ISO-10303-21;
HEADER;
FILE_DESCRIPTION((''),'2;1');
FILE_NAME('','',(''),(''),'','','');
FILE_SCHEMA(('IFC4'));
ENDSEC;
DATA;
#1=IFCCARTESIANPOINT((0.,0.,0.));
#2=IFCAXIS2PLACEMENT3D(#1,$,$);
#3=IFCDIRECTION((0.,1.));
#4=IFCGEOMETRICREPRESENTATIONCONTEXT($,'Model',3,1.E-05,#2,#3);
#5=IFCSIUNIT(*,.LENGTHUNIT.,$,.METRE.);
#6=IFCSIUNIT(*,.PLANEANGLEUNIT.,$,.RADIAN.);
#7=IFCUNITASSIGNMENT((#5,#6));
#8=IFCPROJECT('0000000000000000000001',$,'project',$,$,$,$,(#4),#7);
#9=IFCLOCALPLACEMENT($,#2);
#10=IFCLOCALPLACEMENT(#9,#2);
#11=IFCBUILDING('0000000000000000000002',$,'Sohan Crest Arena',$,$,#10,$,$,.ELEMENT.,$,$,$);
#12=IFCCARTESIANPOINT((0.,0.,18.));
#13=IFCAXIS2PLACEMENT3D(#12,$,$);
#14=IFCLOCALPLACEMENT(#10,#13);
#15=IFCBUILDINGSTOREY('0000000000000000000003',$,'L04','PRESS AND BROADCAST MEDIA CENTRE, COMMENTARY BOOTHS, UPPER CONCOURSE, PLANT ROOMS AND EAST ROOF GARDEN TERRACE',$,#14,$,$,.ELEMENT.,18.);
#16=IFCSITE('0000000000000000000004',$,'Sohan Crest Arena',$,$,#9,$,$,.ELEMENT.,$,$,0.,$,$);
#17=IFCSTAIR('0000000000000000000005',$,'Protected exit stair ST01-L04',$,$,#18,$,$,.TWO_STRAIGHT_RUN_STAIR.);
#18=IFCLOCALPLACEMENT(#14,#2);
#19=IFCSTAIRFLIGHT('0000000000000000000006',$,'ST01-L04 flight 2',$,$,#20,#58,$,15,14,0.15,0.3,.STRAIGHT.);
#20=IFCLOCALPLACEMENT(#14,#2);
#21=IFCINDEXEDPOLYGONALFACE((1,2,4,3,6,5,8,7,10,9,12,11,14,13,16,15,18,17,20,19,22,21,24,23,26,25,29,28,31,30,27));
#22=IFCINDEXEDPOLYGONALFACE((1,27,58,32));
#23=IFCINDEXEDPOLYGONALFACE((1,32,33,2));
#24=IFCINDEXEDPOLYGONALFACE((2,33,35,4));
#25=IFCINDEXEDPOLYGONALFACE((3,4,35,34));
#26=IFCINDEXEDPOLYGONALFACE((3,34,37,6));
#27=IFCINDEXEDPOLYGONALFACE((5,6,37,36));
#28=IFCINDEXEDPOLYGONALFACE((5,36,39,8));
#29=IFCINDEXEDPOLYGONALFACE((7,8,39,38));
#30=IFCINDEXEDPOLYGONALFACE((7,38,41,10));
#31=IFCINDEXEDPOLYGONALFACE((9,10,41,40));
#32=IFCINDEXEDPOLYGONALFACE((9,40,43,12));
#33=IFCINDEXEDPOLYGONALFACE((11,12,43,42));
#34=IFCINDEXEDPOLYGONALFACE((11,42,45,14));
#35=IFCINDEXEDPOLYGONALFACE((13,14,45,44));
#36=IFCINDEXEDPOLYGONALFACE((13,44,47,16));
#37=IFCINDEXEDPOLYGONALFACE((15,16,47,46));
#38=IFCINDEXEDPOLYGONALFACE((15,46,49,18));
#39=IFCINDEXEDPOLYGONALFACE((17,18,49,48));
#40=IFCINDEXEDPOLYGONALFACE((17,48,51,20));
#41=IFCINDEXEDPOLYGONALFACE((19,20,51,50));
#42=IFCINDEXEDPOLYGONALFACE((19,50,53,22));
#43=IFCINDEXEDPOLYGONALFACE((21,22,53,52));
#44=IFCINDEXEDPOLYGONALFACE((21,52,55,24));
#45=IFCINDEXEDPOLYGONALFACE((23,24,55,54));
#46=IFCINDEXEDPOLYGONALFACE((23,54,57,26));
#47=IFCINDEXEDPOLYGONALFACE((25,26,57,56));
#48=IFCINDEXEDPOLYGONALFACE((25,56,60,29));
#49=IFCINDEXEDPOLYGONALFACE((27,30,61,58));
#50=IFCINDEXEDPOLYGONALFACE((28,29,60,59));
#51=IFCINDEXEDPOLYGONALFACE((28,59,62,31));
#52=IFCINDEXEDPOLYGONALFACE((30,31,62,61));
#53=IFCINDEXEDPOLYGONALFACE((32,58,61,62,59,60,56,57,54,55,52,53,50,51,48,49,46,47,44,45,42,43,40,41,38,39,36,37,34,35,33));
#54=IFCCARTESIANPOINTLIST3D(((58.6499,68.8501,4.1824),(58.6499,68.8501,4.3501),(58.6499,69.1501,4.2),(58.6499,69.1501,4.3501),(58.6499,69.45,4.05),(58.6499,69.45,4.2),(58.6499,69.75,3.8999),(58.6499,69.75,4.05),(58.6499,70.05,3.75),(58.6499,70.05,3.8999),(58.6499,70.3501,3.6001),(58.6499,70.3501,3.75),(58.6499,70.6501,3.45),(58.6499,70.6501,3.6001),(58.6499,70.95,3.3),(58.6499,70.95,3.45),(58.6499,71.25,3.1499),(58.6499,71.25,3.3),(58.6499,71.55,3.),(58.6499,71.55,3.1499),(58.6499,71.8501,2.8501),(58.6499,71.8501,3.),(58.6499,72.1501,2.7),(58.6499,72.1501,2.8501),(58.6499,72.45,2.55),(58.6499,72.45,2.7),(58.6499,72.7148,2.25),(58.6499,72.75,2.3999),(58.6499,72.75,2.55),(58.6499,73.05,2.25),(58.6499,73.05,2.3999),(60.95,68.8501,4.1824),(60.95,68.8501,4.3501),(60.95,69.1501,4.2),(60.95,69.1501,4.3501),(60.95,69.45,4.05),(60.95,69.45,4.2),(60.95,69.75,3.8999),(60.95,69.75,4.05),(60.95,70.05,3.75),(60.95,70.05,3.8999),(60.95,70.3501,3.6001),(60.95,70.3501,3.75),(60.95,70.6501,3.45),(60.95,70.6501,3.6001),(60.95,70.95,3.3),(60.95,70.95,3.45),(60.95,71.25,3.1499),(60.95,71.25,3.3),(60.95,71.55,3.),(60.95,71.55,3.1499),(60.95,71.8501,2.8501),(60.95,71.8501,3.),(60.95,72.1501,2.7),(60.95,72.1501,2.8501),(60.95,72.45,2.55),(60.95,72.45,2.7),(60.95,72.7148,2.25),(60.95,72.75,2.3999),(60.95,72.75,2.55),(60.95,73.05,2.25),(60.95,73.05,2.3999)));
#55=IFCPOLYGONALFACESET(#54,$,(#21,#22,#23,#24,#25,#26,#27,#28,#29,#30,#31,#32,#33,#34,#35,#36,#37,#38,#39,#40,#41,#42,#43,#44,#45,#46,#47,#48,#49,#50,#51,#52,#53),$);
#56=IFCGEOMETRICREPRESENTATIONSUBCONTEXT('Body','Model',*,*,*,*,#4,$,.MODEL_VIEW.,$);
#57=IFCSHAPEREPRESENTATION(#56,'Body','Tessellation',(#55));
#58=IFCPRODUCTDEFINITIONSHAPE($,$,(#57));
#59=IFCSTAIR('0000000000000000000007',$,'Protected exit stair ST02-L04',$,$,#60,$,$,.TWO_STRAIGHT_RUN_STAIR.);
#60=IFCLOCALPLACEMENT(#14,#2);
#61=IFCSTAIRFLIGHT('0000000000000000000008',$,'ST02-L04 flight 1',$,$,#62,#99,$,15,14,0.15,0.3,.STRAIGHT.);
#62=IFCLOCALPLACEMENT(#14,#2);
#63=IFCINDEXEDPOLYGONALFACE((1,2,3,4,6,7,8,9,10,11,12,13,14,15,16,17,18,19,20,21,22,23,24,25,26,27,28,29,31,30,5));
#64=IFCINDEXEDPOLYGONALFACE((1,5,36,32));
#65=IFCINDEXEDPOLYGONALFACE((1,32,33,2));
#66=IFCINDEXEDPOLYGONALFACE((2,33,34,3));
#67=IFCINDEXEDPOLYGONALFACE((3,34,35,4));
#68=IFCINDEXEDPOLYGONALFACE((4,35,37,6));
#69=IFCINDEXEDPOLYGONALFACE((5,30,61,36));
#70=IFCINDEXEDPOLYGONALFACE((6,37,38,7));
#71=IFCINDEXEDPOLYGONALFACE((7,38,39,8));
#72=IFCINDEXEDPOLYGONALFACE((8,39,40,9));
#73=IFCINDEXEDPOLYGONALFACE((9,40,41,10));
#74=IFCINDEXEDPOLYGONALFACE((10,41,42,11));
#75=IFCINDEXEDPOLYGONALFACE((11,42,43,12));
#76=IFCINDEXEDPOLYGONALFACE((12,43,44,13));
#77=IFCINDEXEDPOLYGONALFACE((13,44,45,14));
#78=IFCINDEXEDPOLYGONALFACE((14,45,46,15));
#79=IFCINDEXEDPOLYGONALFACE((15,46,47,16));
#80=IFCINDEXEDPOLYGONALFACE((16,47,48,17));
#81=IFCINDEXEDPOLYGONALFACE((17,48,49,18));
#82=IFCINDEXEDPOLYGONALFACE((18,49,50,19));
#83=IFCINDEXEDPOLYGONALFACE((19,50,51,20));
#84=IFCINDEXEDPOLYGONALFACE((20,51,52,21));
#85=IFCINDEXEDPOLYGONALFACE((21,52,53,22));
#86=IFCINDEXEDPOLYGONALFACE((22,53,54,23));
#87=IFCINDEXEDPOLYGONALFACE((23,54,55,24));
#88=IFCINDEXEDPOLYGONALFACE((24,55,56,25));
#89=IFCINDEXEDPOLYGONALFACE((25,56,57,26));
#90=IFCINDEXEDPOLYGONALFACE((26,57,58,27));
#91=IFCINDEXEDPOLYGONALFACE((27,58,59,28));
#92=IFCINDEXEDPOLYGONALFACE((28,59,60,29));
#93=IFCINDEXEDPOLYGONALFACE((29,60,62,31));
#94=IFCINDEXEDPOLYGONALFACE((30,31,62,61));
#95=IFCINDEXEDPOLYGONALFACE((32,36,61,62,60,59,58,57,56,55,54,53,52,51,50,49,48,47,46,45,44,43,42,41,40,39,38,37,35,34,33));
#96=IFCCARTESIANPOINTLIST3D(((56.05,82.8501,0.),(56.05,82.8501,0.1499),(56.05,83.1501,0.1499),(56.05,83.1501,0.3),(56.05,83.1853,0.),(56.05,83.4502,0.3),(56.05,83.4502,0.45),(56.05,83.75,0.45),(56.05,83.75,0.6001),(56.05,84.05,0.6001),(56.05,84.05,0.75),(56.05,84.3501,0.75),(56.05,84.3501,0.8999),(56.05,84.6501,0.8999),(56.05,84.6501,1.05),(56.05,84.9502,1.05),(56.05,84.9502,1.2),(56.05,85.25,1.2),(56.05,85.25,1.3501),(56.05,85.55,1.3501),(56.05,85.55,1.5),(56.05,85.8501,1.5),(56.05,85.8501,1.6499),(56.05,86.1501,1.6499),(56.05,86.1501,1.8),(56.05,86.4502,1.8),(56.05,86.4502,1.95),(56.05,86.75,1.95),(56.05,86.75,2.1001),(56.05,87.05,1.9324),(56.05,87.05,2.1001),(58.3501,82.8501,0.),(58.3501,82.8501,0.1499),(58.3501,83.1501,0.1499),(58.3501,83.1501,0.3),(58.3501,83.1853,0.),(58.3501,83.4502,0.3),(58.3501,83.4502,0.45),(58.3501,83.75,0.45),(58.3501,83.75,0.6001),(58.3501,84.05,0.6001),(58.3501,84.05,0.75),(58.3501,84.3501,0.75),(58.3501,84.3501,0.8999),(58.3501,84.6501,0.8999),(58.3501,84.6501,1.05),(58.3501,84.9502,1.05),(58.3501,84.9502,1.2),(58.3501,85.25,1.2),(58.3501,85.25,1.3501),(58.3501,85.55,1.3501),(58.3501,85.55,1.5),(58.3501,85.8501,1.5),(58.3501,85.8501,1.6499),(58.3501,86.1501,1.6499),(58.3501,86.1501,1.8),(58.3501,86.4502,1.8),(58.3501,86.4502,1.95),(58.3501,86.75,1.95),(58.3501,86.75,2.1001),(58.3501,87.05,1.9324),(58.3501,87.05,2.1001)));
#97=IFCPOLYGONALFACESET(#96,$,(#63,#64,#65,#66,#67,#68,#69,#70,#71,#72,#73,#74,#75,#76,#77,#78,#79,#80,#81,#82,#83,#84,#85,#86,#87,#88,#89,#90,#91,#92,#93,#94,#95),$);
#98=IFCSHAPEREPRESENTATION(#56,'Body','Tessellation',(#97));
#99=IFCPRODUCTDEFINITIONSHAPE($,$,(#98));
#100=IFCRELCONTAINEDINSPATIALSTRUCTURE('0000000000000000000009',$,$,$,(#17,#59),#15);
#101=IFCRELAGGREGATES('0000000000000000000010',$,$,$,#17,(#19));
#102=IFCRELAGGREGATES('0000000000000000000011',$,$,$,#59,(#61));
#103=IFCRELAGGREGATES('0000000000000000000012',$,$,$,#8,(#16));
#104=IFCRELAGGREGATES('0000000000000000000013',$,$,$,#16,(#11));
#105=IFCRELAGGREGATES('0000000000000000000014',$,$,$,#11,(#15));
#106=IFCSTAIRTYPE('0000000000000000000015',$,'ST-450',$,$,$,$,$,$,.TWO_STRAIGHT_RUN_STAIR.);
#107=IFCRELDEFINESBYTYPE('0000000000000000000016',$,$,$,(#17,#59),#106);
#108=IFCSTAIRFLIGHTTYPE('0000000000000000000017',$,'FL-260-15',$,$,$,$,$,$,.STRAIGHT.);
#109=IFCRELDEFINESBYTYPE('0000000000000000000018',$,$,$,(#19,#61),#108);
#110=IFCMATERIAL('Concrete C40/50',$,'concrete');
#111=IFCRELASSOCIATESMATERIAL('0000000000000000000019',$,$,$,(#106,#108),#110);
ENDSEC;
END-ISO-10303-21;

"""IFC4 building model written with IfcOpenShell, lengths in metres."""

from ifc_helpers import new_model, si_unit, direction, frame, origin, place, context, subcontext, project, spatial, polyline, outline, extrude, material, type_object, element, aggregate, save


model = new_model("IFC4")

# Units and contexts
model_context = context("Model", 3, precision=1e-05, world=origin(), true_north=direction((0.0, 1.0)))
body_context = subcontext(model_context, "Body", "Model", "MODEL_VIEW")
ifc_project = project(units=[si_unit("LENGTHUNIT", "METRE"), si_unit("PLANEANGLEUNIT", "RADIAN")], contexts=[model_context])

# Site, building, storey
site_placement = place(None, origin())
site = spatial("IfcSite", under=ifc_project, at=site_placement, Name="Sohan Crest Arena", CompositionType="ELEMENT", RefElevation=0.0)
building_placement = place(site_placement, origin())
building = spatial("IfcBuilding", under=site, at=building_placement, Name="Sohan Crest Arena", CompositionType="ELEMENT")
storey_placement = place(building_placement, frame((0.0, 0.0, 18.0)))
storey = spatial("IfcBuildingStorey", under=building, at=storey_placement, Name="L04", Description="PRESS AND BROADCAST MEDIA CENTRE, COMMENTARY BOOTHS, UPPER CONCOURSE, PLANT ROOMS AND EAST ROOF GARDEN TERRACE", CompositionType="ELEMENT", Elevation=18.0)

# Shared definitions
ifc_material_1 = material(Name="Concrete C40/50", Category="concrete")

# Stair, stair flight
stair_type = type_object("IfcStairType", Name="ST-450", PredefinedType="TWO_STRAIGHT_RUN_STAIR", material=ifc_material_1)
stair_1_placement = place(storey_placement, origin())
stair_1 = element("IfcStair", 1, at=stair_1_placement, inside=storey, type_object=stair_type, Name="Protected exit stair ST01-L04", PredefinedType="TWO_STRAIGHT_RUN_STAIR")
stair_flight_type = type_object("IfcStairFlightType", Name="FL-260-15", PredefinedType="STRAIGHT", material=ifc_material_1)
stair_flight_1_placement = place(storey_placement, frame((59.8, 73.05, 2.25), z_axis=(0.0, 0.0, 1.0), x_axis=(0.0, -1.0, 0.0)))
stair_flight_1 = element("IfcStairFlight", 2, at=stair_flight_1_placement, type_object=stair_flight_type, Name="ST01-L04 flight 2", NumberOfRisers=15, NumberOfTreads=14, PredefinedType="STRAIGHT", RiserHeight=0.15, TreadLength=0.3, context=body_context, shape_type="SweptSolid", body=[
    extrude(outline(polyline([(0.0, 0.0), (0.0, 0.1499), (0.3, 0.1499), (0.3, 0.3), (0.6001, 0.3), (0.6001, 0.45), (0.8999, 0.45), (0.8999, 0.6001), (1.2, 0.6001), (1.2, 0.75), (1.5, 0.75), (1.5, 0.8999), (1.8, 0.8999), (1.8, 1.05), (2.1001, 1.05), (2.1001, 1.2), (2.3999, 1.2), (2.3999, 1.3501), (2.7, 1.3501), (2.7, 1.5), (3.0, 1.5), (3.0, 1.6499), (3.3, 1.6499), (3.3, 1.8), (3.6001, 1.8), (3.6001, 1.95), (3.8999, 1.95), (3.8999, 2.1001), (4.2, 2.1001), (4.2, 2.25), (4.2, 1.9324), (0.3352, 0.0), (0.0, 0.0)])), frame((0.0, 1.1499, 0.0), z_axis=(0.0, -1.0, 0.0), x_axis=(1.0, 0.0, 0.0)), (0.0, 0.0, 1.0), 2.3),
])
aggregate(stair_1, [stair_flight_1])

# Stair, stair flight
stair_2_placement = place(storey_placement, origin())
stair_2 = element("IfcStair", 3, at=stair_2_placement, inside=storey, type_object=stair_type, Name="Protected exit stair ST02-L04", PredefinedType="TWO_STRAIGHT_RUN_STAIR")
stair_flight_2_placement = place(storey_placement, frame((57.2, 82.8501, 0.0), z_axis=(0.0, 0.0, 1.0), x_axis=(0.0, 1.0, 0.0)))
stair_flight_2 = element("IfcStairFlight", 4, at=stair_flight_2_placement, type_object=stair_flight_type, Name="ST02-L04 flight 1", NumberOfRisers=15, NumberOfTreads=14, PredefinedType="STRAIGHT", RiserHeight=0.15, TreadLength=0.3, context=body_context, shape_type="SweptSolid", body=[
    extrude(outline(polyline([(0.0, 0.0), (0.0, 0.1499), (0.3, 0.1499), (0.3, 0.3), (0.6001, 0.3), (0.6001, 0.45), (0.8999, 0.45), (0.8999, 0.6001), (1.2, 0.6001), (1.2, 0.75), (1.5, 0.75), (1.5, 0.8999), (1.8, 0.8999), (1.8, 1.05), (2.1001, 1.05), (2.1001, 1.2), (2.3999, 1.2), (2.3999, 1.3501), (2.7, 1.3501), (2.7, 1.5), (3.0, 1.5), (3.0, 1.6499), (3.3, 1.6499), (3.3, 1.8), (3.6001, 1.8), (3.6001, 1.95), (3.8999, 1.95), (3.8999, 2.1001), (4.2, 2.1001), (4.2, 2.25), (4.2, 1.9324), (0.3352, 0.0), (0.0, 0.0)])), frame((0.0, 1.1499, 0.0), z_axis=(0.0, -1.0, 0.0), x_axis=(1.0, 0.0, 0.0)), (0.0, 0.0, 1.0), 2.3),
])
aggregate(stair_2, [stair_flight_2])

save(model, "model.ifc")
